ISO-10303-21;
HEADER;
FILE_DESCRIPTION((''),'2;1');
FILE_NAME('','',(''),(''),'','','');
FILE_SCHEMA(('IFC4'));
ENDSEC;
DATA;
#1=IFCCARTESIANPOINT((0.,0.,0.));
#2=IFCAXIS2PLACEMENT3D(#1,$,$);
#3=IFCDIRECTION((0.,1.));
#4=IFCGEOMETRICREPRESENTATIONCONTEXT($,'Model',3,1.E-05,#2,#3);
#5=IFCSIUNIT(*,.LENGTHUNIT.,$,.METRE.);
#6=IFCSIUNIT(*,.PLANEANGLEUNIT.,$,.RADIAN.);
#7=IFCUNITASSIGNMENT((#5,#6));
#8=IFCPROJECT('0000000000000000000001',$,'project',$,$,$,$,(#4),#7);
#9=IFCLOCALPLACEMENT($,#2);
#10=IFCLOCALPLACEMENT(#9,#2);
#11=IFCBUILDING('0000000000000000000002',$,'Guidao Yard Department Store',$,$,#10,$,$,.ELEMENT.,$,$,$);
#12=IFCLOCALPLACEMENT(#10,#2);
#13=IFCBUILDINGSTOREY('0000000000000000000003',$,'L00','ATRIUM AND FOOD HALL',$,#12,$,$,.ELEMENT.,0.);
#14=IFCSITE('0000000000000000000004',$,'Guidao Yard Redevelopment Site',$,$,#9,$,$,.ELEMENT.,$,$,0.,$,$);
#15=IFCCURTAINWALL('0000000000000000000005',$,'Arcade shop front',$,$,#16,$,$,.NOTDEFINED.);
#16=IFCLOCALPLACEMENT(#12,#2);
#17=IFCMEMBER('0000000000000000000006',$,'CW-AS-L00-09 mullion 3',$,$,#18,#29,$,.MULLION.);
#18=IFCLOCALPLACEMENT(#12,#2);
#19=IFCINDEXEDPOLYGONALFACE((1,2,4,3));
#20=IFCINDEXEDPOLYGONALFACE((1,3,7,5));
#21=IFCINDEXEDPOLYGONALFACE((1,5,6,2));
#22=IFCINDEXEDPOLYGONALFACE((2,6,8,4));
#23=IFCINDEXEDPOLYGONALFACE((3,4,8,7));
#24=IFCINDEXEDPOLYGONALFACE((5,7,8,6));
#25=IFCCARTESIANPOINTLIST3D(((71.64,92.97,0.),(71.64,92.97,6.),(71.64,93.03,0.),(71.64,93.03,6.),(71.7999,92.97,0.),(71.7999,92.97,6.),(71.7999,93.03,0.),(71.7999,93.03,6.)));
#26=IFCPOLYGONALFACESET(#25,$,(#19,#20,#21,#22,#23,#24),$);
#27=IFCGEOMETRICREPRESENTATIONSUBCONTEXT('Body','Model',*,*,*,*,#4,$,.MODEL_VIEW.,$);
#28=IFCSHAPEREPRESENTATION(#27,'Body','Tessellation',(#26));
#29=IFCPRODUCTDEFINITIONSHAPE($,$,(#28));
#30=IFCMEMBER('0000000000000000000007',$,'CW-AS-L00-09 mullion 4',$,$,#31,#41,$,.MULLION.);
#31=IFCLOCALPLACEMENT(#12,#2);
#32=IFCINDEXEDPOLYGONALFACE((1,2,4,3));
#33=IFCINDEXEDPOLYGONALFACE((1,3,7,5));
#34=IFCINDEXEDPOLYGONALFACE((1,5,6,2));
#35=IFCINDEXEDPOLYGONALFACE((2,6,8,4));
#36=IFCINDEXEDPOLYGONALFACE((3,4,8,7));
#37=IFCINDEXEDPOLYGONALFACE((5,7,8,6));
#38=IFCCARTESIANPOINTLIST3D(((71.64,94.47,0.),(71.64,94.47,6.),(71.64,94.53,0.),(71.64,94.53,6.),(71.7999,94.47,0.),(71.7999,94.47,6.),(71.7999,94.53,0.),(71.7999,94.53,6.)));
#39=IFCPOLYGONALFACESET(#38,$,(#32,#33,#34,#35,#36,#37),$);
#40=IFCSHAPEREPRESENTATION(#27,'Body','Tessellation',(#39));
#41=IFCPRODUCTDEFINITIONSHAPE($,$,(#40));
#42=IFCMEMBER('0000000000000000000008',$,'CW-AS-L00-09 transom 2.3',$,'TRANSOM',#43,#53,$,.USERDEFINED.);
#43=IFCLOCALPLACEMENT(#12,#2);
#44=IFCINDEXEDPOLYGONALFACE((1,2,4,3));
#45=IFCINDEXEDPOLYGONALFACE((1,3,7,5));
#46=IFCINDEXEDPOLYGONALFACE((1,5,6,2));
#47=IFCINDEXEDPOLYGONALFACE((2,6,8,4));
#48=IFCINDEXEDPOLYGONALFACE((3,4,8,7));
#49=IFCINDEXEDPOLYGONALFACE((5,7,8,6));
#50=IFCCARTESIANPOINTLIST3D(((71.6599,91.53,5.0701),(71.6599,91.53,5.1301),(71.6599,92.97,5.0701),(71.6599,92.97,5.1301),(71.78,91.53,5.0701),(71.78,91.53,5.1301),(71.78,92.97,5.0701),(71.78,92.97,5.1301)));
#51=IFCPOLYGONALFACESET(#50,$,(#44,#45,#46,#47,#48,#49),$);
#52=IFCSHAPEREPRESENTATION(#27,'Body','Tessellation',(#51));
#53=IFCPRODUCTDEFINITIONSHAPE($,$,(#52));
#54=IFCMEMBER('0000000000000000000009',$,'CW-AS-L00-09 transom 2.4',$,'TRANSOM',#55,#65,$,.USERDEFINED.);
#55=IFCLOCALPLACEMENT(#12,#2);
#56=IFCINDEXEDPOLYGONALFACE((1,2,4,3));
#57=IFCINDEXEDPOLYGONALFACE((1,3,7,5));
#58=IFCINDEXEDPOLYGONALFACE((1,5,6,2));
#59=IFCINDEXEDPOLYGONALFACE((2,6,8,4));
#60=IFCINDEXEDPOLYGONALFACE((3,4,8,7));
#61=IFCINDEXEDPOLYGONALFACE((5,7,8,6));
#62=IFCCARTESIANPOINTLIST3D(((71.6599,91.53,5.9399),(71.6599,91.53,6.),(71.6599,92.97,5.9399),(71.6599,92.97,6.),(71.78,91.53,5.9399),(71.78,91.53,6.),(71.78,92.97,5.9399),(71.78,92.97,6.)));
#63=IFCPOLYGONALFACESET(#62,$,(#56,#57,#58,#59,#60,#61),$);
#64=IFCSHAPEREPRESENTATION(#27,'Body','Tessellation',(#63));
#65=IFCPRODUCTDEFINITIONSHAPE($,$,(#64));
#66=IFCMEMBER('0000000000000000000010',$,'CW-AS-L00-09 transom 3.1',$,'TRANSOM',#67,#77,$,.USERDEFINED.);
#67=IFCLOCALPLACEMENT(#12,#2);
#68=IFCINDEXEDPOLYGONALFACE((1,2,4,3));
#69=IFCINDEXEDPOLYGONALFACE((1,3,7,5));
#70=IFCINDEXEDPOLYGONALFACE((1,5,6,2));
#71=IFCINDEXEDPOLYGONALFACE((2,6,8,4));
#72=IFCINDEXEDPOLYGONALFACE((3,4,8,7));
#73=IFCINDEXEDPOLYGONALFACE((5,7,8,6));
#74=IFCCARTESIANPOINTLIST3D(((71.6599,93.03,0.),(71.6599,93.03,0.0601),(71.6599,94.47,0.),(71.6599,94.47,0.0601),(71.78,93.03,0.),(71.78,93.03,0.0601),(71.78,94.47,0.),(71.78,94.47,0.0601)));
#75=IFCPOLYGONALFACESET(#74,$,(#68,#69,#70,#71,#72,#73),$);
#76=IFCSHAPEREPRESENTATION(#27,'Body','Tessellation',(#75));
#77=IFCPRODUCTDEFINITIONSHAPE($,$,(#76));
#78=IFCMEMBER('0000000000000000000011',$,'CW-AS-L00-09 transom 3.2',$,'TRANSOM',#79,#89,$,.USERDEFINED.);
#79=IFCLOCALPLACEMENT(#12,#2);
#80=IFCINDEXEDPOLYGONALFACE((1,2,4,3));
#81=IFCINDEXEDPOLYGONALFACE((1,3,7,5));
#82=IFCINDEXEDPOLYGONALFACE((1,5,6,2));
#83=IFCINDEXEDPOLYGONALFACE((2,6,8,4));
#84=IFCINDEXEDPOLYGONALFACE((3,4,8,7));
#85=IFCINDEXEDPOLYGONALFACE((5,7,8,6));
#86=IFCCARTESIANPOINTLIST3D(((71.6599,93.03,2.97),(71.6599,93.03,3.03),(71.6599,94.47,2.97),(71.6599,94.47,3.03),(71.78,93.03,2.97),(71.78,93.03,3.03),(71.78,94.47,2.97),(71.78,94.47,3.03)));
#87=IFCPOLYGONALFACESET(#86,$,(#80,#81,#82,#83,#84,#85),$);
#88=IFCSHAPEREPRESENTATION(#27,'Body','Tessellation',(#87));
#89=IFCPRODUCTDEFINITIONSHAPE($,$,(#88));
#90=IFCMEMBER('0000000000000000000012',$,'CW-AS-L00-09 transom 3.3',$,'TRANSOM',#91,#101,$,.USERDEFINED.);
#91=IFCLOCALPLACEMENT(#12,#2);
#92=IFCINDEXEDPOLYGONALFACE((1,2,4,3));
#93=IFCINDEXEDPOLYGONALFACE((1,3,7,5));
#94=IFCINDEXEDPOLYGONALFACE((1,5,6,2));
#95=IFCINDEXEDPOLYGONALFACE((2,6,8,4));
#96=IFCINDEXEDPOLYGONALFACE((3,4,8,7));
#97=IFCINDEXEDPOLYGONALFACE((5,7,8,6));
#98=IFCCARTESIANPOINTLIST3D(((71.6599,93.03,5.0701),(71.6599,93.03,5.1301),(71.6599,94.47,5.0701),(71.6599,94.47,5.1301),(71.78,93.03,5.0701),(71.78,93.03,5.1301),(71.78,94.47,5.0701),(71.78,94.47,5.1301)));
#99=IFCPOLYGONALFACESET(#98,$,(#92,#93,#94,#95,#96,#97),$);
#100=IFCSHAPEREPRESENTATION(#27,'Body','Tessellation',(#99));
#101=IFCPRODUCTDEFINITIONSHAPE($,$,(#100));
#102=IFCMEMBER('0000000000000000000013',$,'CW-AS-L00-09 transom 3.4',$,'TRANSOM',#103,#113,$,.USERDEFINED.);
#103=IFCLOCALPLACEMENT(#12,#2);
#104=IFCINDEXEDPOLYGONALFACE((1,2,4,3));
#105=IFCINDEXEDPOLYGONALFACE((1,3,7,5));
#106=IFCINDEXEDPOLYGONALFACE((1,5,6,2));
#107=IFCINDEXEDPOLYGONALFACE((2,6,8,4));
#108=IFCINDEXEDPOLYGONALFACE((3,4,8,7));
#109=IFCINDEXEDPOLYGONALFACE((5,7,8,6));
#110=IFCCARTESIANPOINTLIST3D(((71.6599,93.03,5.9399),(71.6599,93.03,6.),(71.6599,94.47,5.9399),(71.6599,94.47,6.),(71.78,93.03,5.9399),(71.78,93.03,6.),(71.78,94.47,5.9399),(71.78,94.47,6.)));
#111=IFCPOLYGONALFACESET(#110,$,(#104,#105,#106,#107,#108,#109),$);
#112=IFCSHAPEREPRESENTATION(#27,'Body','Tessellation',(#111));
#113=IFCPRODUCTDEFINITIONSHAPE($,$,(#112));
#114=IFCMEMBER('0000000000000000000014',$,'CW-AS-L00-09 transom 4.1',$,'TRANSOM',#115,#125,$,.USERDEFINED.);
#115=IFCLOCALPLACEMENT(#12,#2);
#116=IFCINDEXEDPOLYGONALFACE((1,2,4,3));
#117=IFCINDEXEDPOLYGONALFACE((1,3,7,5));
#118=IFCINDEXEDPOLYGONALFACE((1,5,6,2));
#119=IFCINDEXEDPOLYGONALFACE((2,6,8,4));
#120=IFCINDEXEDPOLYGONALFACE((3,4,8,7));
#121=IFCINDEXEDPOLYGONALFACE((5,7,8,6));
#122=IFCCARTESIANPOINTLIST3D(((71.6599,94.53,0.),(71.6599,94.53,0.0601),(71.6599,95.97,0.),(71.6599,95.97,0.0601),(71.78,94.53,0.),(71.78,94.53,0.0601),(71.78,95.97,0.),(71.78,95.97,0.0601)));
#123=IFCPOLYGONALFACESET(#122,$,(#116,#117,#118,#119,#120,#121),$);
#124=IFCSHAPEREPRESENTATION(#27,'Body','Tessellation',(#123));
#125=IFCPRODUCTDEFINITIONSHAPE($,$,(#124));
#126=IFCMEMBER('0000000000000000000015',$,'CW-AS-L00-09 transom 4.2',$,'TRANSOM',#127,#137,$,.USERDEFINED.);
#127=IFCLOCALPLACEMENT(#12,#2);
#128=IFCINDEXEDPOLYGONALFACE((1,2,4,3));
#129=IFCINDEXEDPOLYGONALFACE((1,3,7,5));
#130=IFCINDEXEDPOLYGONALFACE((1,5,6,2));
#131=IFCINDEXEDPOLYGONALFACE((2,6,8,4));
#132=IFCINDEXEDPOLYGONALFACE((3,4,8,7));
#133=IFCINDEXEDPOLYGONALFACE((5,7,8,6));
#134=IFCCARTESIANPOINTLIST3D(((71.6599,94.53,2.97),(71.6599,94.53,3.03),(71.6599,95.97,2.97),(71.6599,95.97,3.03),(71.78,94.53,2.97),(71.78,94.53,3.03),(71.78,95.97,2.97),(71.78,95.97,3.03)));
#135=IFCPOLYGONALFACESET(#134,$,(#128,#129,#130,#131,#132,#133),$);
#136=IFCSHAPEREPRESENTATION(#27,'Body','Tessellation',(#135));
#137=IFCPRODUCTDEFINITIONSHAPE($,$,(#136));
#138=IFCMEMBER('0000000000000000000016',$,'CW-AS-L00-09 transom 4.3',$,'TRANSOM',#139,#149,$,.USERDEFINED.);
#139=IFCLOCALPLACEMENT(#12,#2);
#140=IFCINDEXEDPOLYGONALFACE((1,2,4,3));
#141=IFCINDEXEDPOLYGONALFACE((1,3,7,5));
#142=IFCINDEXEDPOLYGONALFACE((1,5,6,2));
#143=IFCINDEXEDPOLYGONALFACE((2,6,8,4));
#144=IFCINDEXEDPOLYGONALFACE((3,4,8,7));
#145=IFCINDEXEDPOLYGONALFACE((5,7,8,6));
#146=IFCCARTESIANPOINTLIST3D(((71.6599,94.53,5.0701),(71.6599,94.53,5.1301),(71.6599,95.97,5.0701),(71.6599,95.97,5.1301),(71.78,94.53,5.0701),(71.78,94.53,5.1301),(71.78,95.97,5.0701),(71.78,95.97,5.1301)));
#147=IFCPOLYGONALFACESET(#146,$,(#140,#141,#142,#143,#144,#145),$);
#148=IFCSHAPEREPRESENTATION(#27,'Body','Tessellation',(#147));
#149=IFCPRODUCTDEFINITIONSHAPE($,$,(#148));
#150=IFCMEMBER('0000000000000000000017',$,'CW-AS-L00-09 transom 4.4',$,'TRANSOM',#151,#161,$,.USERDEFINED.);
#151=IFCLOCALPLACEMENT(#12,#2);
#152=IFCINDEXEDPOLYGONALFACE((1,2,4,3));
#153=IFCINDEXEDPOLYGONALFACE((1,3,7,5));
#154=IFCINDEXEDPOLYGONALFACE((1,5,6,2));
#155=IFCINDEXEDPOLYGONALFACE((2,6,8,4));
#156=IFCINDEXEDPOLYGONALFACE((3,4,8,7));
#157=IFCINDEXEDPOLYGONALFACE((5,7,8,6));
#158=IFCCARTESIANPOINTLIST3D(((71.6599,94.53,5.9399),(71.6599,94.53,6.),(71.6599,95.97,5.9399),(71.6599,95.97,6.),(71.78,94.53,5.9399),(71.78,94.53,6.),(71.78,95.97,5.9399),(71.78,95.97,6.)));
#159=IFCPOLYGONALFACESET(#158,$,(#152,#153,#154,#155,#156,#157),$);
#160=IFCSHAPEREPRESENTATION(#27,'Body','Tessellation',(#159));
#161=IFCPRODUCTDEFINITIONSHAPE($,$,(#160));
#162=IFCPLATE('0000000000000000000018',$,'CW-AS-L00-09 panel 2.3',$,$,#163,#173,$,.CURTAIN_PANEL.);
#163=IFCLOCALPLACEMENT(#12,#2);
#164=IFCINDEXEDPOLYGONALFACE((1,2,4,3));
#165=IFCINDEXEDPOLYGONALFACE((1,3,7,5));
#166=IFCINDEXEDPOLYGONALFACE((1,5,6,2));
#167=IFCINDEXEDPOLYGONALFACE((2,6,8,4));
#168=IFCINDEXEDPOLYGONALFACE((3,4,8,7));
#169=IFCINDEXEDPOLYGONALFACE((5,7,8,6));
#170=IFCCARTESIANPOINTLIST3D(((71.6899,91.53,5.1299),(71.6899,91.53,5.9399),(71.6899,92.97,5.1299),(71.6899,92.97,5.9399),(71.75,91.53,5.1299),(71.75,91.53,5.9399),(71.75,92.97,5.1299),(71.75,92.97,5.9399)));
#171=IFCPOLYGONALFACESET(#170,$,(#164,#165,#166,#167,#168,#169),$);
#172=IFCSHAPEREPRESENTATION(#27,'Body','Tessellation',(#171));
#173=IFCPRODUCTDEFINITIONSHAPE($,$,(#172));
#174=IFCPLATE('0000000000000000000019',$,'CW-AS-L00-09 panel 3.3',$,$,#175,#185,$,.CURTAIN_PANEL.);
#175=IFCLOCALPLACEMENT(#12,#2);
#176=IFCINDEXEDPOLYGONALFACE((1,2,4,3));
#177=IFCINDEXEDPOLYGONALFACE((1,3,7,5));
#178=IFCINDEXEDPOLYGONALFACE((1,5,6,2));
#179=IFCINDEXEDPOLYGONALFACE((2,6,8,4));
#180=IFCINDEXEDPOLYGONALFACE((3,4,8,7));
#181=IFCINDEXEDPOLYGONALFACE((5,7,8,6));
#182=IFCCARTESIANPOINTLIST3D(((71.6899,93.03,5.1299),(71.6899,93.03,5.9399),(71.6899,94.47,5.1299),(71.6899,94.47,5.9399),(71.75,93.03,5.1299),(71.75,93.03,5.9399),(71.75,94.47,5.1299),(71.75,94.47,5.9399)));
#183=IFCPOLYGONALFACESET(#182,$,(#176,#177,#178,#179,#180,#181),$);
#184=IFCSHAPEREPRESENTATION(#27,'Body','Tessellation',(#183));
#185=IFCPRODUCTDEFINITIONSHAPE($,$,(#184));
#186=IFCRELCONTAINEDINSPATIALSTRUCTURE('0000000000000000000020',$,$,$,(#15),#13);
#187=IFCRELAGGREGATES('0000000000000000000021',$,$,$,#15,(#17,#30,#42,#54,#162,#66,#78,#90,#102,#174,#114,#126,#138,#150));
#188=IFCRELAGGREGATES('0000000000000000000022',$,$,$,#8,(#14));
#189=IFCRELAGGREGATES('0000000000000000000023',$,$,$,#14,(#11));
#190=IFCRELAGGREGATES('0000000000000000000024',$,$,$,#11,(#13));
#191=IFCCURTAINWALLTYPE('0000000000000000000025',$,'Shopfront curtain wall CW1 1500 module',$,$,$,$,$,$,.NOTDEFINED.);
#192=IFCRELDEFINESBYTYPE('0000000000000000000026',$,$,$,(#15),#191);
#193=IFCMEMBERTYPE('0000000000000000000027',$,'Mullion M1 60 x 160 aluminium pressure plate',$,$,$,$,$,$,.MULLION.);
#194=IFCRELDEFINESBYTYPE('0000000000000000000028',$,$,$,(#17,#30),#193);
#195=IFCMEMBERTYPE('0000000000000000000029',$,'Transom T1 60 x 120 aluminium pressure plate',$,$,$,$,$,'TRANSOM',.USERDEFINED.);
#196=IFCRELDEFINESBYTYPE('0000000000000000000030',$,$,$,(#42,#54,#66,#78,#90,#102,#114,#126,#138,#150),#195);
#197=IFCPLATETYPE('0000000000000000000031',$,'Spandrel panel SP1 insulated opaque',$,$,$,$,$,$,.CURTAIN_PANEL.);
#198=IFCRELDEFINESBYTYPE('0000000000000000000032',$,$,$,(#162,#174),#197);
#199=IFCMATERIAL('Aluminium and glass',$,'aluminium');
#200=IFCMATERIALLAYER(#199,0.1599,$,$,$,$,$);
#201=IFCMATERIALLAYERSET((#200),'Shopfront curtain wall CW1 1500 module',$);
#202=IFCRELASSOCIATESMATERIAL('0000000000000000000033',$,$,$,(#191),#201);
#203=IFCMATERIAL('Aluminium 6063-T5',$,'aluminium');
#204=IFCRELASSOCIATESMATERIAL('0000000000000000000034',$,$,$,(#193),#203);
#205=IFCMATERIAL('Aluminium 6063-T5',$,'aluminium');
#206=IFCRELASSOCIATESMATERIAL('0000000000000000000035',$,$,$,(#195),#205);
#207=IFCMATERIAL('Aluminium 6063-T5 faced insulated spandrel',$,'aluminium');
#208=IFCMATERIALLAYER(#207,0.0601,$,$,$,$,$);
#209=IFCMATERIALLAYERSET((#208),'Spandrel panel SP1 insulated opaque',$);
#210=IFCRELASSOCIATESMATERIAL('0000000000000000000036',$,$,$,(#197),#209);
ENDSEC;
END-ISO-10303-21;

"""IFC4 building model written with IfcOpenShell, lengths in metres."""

from ifc_helpers import new_model, si_unit, direction, frame, origin, origin_2d, place, context, subcontext, project, spatial, rectangle, extrude, material, layer, layer_set, material_profile, profile_set, type_object, element, aggregate, save


model = new_model("IFC4")

# Units and contexts
model_context = context("Model", 3, precision=1e-05, world=origin(), true_north=direction((0.0, 1.0)))
body_context = subcontext(model_context, "Body", "Model", "MODEL_VIEW")
ifc_project = project(units=[si_unit("LENGTHUNIT", "METRE"), si_unit("PLANEANGLEUNIT", "RADIAN")], contexts=[model_context])

# Site, building, storey
site_placement = place(None, origin())
site = spatial("IfcSite", under=ifc_project, at=site_placement, Name="Guidao Yard Redevelopment Site", CompositionType="ELEMENT", RefElevation=0.0)
building_placement = place(site_placement, origin())
building = spatial("IfcBuilding", under=site, at=building_placement, Name="Guidao Yard Department Store", CompositionType="ELEMENT")
storey_placement = place(building_placement, origin())
storey = spatial("IfcBuildingStorey", under=building, at=storey_placement, Name="L00", Description="ATRIUM AND FOOD HALL", CompositionType="ELEMENT", Elevation=0.0)

# Curtain wall, members, plates
ifc_material_1 = material(Name="Aluminium and glass", Category="aluminium")
ifc_layer_1 = layer(ifc_material_1, 0.1599)
ifc_layer_set_1 = layer_set([ifc_layer_1], Name="Shopfront curtain wall CW1 1500 module")
curtain_wall_type = type_object("IfcCurtainWallType", Name="Shopfront curtain wall CW1 1500 module", PredefinedType="NOTDEFINED", material=ifc_layer_set_1)
curtain_wall_placement = place(storey_placement, origin())
curtain_wall = element("IfcCurtainWall", 1, at=curtain_wall_placement, inside=storey, type_object=curtain_wall_type, Name="Arcade shop front", PredefinedType="NOTDEFINED")
ifc_material_2 = material(Name="Aluminium 6063-T5", Category="aluminium")
ifc_material_profile_1 = material_profile(ifc_material_2, rectangle(XDim=0.0601, YDim=0.1599, at=origin_2d()), Name="Mullion M1 60 x 160 aluminium pressure plate")
ifc_profile_set_1 = profile_set([ifc_material_profile_1], Name="Aluminium 6063-T5")
member_type_1 = type_object("IfcMemberType", Name="Mullion M1 60 x 160 aluminium pressure plate", PredefinedType="MULLION", material=ifc_profile_set_1)
member_1_placement = place(storey_placement, frame((71.72, 93.0, 0.0), z_axis=(0.0, 0.0, 1.0), x_axis=(0.0, 1.0, 0.0)))
member_1 = element("IfcMember", 2, at=member_1_placement, type_object=member_type_1, Name="CW-AS-L00-09 mullion 3", PredefinedType="MULLION", context=body_context, shape_type="SweptSolid", body=[
    extrude(rectangle(XDim=0.0601, YDim=0.1599, at=origin_2d()), origin(), (0.0, 0.0, 1.0), 6.0),
])
member_2_placement = place(storey_placement, frame((71.72, 94.5, 0.0), z_axis=(0.0, 0.0, 1.0), x_axis=(0.0, 1.0, 0.0)))
member_2 = element("IfcMember", 3, at=member_2_placement, type_object=member_type_1, Name="CW-AS-L00-09 mullion 4", PredefinedType="MULLION", context=body_context, shape_type="SweptSolid", body=[
    extrude(rectangle(XDim=0.0601, YDim=0.1599, at=origin_2d()), origin(), (0.0, 0.0, 1.0), 6.0),
])
ifc_material_3 = material(Name="Aluminium 6063-T5", Category="aluminium")
ifc_material_profile_2 = material_profile(ifc_material_3, rectangle(XDim=0.1201, YDim=0.0601, at=origin_2d()), Name="Transom T1 60 x 120 aluminium pressure plate")
ifc_profile_set_2 = profile_set([ifc_material_profile_2], Name="Aluminium 6063-T5")
member_type_2 = type_object("IfcMemberType", Name="Transom T1 60 x 120 aluminium pressure plate", ElementType="TRANSOM", PredefinedType="USERDEFINED", material=ifc_profile_set_2)
member_3_placement = place(storey_placement, frame((71.72, 91.53, 5.1001), z_axis=(0.0, 1.0, 0.0), x_axis=(-1.0, 0.0, 0.0)))
member_3 = element("IfcMember", 4, at=member_3_placement, type_object=member_type_2, Name="CW-AS-L00-09 transom 2.3", ObjectType="TRANSOM", PredefinedType="USERDEFINED", context=body_context, shape_type="SweptSolid", body=[
    extrude(rectangle(XDim=0.1201, YDim=0.0601, at=origin_2d()), origin(), (0.0, 0.0, 1.0), 1.4399),
])
member_4_placement = place(storey_placement, frame((71.72, 91.53, 5.97), z_axis=(0.0, 1.0, 0.0), x_axis=(-1.0, 0.0, 0.0)))
member_4 = element("IfcMember", 5, at=member_4_placement, type_object=member_type_2, Name="CW-AS-L00-09 transom 2.4", ObjectType="TRANSOM", PredefinedType="USERDEFINED", context=body_context, shape_type="SweptSolid", body=[
    extrude(rectangle(XDim=0.1201, YDim=0.0601, at=origin_2d()), origin(), (0.0, 0.0, 1.0), 1.4399),
])
member_5_placement = place(storey_placement, frame((71.72, 93.03, 0.03), z_axis=(0.0, 1.0, 0.0), x_axis=(-1.0, 0.0, 0.0)))
member_5 = element("IfcMember", 6, at=member_5_placement, type_object=member_type_2, Name="CW-AS-L00-09 transom 3.1", ObjectType="TRANSOM", PredefinedType="USERDEFINED", context=body_context, shape_type="SweptSolid", body=[
    extrude(rectangle(XDim=0.1201, YDim=0.0601, at=origin_2d()), origin(), (0.0, 0.0, 1.0), 1.4399),
])
member_6_placement = place(storey_placement, frame((71.72, 93.03, 3.0), z_axis=(0.0, 1.0, 0.0), x_axis=(-1.0, 0.0, 0.0)))
member_6 = element("IfcMember", 7, at=member_6_placement, type_object=member_type_2, Name="CW-AS-L00-09 transom 3.2", ObjectType="TRANSOM", PredefinedType="USERDEFINED", context=body_context, shape_type="SweptSolid", body=[
    extrude(rectangle(XDim=0.1201, YDim=0.0601, at=origin_2d()), origin(), (0.0, 0.0, 1.0), 1.4399),
])
member_7_placement = place(storey_placement, frame((71.72, 93.03, 5.1001), z_axis=(0.0, 1.0, 0.0), x_axis=(-1.0, 0.0, 0.0)))
member_7 = element("IfcMember", 8, at=member_7_placement, type_object=member_type_2, Name="CW-AS-L00-09 transom 3.3", ObjectType="TRANSOM", PredefinedType="USERDEFINED", context=body_context, shape_type="SweptSolid", body=[
    extrude(rectangle(XDim=0.1201, YDim=0.0601, at=origin_2d()), origin(), (0.0, 0.0, 1.0), 1.4399),
])
member_8_placement = place(storey_placement, frame((71.72, 93.03, 5.97), z_axis=(0.0, 1.0, 0.0), x_axis=(-1.0, 0.0, 0.0)))
member_8 = element("IfcMember", 9, at=member_8_placement, type_object=member_type_2, Name="CW-AS-L00-09 transom 3.4", ObjectType="TRANSOM", PredefinedType="USERDEFINED", context=body_context, shape_type="SweptSolid", body=[
    extrude(rectangle(XDim=0.1201, YDim=0.0601, at=origin_2d()), origin(), (0.0, 0.0, 1.0), 1.4399),
])
member_9_placement = place(storey_placement, frame((71.72, 94.53, 0.03), z_axis=(0.0, 1.0, 0.0), x_axis=(-1.0, 0.0, 0.0)))
member_9 = element("IfcMember", 10, at=member_9_placement, type_object=member_type_2, Name="CW-AS-L00-09 transom 4.1", ObjectType="TRANSOM", PredefinedType="USERDEFINED", context=body_context, shape_type="SweptSolid", body=[
    extrude(rectangle(XDim=0.1201, YDim=0.0601, at=origin_2d()), origin(), (0.0, 0.0, 1.0), 1.4399),
])
member_10_placement = place(storey_placement, frame((71.72, 94.53, 3.0), z_axis=(0.0, 1.0, 0.0), x_axis=(-1.0, 0.0, 0.0)))
member_10 = element("IfcMember", 11, at=member_10_placement, type_object=member_type_2, Name="CW-AS-L00-09 transom 4.2", ObjectType="TRANSOM", PredefinedType="USERDEFINED", context=body_context, shape_type="SweptSolid", body=[
    extrude(rectangle(XDim=0.1201, YDim=0.0601, at=origin_2d()), origin(), (0.0, 0.0, 1.0), 1.4399),
])
member_11_placement = place(storey_placement, frame((71.72, 94.53, 5.1001), z_axis=(0.0, 1.0, 0.0), x_axis=(-1.0, 0.0, 0.0)))
member_11 = element("IfcMember", 12, at=member_11_placement, type_object=member_type_2, Name="CW-AS-L00-09 transom 4.3", ObjectType="TRANSOM", PredefinedType="USERDEFINED", context=body_context, shape_type="SweptSolid", body=[
    extrude(rectangle(XDim=0.1201, YDim=0.0601, at=origin_2d()), origin(), (0.0, 0.0, 1.0), 1.4399),
])
member_12_placement = place(storey_placement, frame((71.72, 94.53, 5.97), z_axis=(0.0, 1.0, 0.0), x_axis=(-1.0, 0.0, 0.0)))
member_12 = element("IfcMember", 13, at=member_12_placement, type_object=member_type_2, Name="CW-AS-L00-09 transom 4.4", ObjectType="TRANSOM", PredefinedType="USERDEFINED", context=body_context, shape_type="SweptSolid", body=[
    extrude(rectangle(XDim=0.1201, YDim=0.0601, at=origin_2d()), origin(), (0.0, 0.0, 1.0), 1.4399),
])
ifc_material_4 = material(Name="Aluminium 6063-T5 faced insulated spandrel", Category="aluminium")
ifc_layer_2 = layer(ifc_material_4, 0.0601)
ifc_layer_set_2 = layer_set([ifc_layer_2], Name="Spandrel panel SP1 insulated opaque")
plate_type_1 = type_object("IfcPlateType", Name="Spandrel panel SP1 insulated opaque", PredefinedType="CURTAIN_PANEL", material=ifc_layer_set_2)
plate_1_placement = place(storey_placement, frame((71.72, 92.25, 5.1299), z_axis=(0.0, 0.0, 1.0), x_axis=(0.0, 1.0, 0.0)))
plate_1 = element("IfcPlate", 14, at=plate_1_placement, type_object=plate_type_1, Name="CW-AS-L00-09 panel 2.3", PredefinedType="CURTAIN_PANEL", context=body_context, shape_type="SweptSolid", body=[
    extrude(rectangle(XDim=1.4399, YDim=0.0601, at=origin_2d()), origin(), (0.0, 0.0, 1.0), 0.8101),
])
plate_2_placement = place(storey_placement, frame((71.72, 93.75, 5.1299), z_axis=(0.0, 0.0, 1.0), x_axis=(0.0, 1.0, 0.0)))
plate_2 = element("IfcPlate", 15, at=plate_2_placement, type_object=plate_type_1, Name="CW-AS-L00-09 panel 3.3", PredefinedType="CURTAIN_PANEL", context=body_context, shape_type="SweptSolid", body=[
    extrude(rectangle(XDim=1.4399, YDim=0.0601, at=origin_2d()), origin(), (0.0, 0.0, 1.0), 0.8101),
])
aggregate(curtain_wall, [member_1, member_2, member_3, member_4, plate_1, member_5, member_6, member_7, member_8, plate_2, member_9, member_10, member_11, member_12])

save(model, "model.ifc")
